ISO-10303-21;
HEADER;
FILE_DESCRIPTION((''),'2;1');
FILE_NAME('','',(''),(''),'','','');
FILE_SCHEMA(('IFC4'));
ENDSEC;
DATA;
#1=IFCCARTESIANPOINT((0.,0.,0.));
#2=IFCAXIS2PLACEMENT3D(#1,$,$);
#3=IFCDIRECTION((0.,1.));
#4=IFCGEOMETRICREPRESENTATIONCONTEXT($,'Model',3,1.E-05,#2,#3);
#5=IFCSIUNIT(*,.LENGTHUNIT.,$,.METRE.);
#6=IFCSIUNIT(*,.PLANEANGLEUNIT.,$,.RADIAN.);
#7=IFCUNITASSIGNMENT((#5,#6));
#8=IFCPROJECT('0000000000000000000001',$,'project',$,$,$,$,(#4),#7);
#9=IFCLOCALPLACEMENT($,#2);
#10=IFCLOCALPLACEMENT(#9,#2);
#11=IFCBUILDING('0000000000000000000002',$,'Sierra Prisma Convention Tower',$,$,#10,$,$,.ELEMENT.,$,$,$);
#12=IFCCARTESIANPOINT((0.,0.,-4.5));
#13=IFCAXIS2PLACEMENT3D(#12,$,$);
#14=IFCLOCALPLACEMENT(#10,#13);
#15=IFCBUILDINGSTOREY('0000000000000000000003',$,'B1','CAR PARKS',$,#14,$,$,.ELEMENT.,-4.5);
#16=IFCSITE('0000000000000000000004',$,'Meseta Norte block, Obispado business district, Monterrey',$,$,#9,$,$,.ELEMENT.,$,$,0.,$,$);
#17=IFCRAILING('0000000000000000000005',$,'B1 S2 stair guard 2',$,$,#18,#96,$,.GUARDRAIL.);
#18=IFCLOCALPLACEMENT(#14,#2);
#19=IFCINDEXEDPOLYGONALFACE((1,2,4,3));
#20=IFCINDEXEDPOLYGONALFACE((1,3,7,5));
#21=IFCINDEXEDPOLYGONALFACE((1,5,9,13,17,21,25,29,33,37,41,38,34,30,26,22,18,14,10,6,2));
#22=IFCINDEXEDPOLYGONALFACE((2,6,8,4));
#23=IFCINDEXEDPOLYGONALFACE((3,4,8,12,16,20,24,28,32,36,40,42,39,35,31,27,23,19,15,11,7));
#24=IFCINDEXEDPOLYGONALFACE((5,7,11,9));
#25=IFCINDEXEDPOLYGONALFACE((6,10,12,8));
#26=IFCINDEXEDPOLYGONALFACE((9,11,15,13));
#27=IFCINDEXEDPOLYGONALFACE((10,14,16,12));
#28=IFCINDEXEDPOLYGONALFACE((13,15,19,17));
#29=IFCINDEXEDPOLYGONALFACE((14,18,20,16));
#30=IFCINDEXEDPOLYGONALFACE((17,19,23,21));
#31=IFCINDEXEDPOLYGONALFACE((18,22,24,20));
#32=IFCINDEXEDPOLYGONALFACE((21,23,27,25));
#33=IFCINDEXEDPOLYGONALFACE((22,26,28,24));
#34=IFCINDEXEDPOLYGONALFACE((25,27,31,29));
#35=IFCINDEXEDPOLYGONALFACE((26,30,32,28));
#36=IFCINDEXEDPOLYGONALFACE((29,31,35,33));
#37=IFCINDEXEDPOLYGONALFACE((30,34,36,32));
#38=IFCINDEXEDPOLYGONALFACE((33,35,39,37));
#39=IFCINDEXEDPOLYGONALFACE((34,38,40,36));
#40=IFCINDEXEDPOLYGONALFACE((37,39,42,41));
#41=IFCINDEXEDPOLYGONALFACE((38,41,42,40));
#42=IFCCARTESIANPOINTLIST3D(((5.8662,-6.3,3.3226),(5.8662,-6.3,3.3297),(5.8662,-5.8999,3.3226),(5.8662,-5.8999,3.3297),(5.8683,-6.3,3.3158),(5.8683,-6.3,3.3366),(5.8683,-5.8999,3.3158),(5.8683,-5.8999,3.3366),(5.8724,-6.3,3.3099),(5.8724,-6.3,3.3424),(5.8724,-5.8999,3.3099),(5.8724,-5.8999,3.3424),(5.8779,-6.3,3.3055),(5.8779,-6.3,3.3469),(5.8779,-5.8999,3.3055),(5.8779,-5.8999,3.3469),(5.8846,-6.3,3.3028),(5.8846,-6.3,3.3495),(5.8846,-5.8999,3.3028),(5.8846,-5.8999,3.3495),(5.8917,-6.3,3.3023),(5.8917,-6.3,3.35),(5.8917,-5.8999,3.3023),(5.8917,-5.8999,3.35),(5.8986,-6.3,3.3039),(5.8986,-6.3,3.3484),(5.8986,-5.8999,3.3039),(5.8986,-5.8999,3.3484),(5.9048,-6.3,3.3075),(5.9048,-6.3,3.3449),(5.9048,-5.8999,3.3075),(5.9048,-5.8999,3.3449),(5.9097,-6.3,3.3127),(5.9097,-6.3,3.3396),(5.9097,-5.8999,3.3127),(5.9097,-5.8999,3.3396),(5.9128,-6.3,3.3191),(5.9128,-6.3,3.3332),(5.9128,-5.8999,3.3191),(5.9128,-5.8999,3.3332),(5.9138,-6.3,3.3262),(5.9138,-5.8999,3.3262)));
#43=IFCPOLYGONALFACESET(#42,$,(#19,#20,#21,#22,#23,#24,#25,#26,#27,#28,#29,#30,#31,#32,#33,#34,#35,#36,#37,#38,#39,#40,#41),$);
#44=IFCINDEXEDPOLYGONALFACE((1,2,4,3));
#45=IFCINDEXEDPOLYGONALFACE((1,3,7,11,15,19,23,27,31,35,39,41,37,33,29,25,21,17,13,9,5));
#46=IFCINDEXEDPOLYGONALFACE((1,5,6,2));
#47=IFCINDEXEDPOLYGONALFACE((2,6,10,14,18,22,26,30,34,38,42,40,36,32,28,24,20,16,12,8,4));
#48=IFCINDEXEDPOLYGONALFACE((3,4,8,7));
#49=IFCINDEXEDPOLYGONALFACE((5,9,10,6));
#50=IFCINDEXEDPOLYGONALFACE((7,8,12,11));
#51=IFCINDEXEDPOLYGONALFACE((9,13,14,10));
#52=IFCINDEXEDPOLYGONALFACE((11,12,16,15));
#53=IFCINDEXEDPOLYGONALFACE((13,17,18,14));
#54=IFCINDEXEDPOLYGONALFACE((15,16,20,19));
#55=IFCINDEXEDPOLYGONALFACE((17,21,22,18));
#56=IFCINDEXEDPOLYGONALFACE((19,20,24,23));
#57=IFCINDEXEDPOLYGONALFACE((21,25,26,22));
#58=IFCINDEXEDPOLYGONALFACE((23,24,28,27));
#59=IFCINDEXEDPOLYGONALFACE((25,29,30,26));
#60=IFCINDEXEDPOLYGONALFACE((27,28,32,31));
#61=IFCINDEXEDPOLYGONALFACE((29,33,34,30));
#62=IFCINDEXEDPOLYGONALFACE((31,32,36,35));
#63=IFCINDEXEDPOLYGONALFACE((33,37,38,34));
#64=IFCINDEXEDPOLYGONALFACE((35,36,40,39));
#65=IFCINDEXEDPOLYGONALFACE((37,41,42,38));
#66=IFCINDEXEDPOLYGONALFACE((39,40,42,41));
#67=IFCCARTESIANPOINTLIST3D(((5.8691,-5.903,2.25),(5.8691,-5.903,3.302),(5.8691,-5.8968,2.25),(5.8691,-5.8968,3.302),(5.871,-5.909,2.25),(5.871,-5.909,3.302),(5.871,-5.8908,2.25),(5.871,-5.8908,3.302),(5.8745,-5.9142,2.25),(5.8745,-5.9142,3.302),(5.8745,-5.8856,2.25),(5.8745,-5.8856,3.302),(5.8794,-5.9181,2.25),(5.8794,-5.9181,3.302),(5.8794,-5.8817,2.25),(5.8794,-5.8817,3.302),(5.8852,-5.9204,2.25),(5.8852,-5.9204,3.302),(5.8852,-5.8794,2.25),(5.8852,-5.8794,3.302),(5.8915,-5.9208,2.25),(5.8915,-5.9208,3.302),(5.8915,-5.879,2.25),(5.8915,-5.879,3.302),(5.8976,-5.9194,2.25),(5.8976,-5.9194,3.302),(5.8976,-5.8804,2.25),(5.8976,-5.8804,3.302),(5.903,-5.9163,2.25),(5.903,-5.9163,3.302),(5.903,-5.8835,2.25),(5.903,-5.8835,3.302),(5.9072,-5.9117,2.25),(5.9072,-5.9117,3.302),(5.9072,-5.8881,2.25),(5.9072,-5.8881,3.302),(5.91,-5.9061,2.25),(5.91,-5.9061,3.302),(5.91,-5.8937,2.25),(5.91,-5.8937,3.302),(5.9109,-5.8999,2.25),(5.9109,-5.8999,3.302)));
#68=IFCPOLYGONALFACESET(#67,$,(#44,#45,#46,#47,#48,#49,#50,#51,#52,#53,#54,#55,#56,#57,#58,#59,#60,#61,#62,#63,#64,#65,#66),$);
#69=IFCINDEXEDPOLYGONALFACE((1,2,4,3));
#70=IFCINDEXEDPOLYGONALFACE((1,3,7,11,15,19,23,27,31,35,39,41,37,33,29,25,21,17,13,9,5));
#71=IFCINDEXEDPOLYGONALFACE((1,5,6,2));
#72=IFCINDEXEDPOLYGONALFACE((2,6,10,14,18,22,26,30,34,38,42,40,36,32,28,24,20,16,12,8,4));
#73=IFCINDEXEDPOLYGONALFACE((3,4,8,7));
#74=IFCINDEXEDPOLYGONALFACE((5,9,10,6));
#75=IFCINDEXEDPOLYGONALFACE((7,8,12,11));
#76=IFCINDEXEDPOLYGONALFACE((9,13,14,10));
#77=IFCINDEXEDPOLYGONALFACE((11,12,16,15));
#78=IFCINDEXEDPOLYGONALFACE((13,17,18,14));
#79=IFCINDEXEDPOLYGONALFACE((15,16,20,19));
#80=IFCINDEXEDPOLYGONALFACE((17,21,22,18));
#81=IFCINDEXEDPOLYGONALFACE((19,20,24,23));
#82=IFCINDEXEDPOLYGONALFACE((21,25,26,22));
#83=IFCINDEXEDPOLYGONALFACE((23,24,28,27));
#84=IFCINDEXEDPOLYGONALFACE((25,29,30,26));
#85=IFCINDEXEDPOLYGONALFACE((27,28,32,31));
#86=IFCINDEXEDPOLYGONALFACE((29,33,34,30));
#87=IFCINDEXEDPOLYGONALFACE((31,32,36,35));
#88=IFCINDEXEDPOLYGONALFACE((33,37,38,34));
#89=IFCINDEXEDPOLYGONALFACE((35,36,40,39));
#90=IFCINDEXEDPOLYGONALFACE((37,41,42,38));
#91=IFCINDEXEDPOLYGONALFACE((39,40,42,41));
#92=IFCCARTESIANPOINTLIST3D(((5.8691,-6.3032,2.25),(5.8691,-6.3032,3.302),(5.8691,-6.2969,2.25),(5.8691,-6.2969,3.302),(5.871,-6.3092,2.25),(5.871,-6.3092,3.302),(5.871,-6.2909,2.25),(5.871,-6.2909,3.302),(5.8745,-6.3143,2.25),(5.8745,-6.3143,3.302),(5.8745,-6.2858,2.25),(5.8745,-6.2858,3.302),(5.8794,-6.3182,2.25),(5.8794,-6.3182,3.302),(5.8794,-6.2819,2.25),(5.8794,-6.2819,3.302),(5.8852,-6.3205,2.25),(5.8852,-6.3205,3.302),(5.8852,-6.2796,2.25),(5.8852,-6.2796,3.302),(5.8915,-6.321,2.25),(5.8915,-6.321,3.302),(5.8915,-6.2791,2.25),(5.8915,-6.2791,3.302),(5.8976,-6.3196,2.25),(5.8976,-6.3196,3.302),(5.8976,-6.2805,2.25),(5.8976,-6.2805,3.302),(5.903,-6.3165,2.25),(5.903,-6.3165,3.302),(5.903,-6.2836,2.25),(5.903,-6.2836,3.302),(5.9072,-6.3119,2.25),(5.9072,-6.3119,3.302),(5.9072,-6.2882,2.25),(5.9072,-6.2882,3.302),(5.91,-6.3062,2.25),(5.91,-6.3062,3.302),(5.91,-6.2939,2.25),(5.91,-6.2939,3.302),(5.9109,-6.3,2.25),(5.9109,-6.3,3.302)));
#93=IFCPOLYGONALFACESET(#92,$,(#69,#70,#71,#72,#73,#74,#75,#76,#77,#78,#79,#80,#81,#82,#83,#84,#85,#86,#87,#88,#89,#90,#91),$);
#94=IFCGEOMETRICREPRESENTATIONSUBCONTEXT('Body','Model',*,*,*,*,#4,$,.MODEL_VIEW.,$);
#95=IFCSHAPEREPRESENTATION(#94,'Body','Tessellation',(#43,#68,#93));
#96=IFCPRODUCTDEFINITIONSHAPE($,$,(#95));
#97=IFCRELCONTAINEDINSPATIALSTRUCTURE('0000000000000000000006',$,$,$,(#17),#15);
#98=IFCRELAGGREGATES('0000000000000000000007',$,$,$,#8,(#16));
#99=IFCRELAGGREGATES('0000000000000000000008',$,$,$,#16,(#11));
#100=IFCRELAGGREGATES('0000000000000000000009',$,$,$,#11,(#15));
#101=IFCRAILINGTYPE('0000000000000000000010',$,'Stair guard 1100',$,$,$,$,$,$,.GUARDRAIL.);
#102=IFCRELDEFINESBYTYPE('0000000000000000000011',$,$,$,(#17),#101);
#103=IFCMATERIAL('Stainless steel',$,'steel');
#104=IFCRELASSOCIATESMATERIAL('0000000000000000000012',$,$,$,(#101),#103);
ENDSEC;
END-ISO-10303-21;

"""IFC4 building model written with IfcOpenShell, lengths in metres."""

from ifc_helpers import new_model, si_unit, direction, frame, origin, origin_2d, place, context, subcontext, project, spatial, circle, extrude, material, type_object, element, save


model = new_model("IFC4")

# Units and contexts
model_context = context("Model", 3, precision=1e-05, world=origin(), true_north=direction((0.0, 1.0)))
body_context = subcontext(model_context, "Body", "Model", "MODEL_VIEW")
ifc_project = project(units=[si_unit("LENGTHUNIT", "METRE"), si_unit("PLANEANGLEUNIT", "RADIAN")], contexts=[model_context])

# Site, building, storey
site_placement = place(None, origin())
site = spatial("IfcSite", under=ifc_project, at=site_placement, Name="Meseta Norte block, Obispado business district, Monterrey", CompositionType="ELEMENT", RefElevation=0.0)
building_placement = place(site_placement, origin())
building = spatial("IfcBuilding", under=site, at=building_placement, Name="Sierra Prisma Convention Tower", CompositionType="ELEMENT")
storey_placement = place(building_placement, frame((0.0, 0.0, -4.5)))
storey = spatial("IfcBuildingStorey", under=building, at=storey_placement, Name="B1", Description="CAR PARKS", CompositionType="ELEMENT", Elevation=-4.5)

# Railing
ifc_material_1 = material(Name="Stainless steel", Category="steel")
railing_type_1 = type_object("IfcRailingType", Name="Stair guard 1100", PredefinedType="GUARDRAIL", material=ifc_material_1)
railing_1_placement = place(storey_placement, frame((5.8899, -5.8999, 2.25)))
element("IfcRailing", 1, at=railing_1_placement, inside=storey, type_object=railing_type_1, Name="B1 S2 stair guard 2", PredefinedType="GUARDRAIL", context=body_context, shape_type="SweptSolid", body=[
    extrude(circle(Radius=0.0239, at=origin_2d()), frame((0.0, 0.0, 1.0762), z_axis=(0.0, -1.0, 0.0), x_axis=(1.0, 0.0, 0.0)), (0.0, 0.0, 1.0), 0.4001),
    extrude(circle(Radius=0.021, at=origin_2d()), origin(), (0.0, 0.0, 1.0), 1.052),
    extrude(circle(Radius=0.021, at=origin_2d()), frame((0.0, -0.4001, 0.0)), (0.0, 0.0, 1.0), 1.052),
])

save(model, "model.ifc")
